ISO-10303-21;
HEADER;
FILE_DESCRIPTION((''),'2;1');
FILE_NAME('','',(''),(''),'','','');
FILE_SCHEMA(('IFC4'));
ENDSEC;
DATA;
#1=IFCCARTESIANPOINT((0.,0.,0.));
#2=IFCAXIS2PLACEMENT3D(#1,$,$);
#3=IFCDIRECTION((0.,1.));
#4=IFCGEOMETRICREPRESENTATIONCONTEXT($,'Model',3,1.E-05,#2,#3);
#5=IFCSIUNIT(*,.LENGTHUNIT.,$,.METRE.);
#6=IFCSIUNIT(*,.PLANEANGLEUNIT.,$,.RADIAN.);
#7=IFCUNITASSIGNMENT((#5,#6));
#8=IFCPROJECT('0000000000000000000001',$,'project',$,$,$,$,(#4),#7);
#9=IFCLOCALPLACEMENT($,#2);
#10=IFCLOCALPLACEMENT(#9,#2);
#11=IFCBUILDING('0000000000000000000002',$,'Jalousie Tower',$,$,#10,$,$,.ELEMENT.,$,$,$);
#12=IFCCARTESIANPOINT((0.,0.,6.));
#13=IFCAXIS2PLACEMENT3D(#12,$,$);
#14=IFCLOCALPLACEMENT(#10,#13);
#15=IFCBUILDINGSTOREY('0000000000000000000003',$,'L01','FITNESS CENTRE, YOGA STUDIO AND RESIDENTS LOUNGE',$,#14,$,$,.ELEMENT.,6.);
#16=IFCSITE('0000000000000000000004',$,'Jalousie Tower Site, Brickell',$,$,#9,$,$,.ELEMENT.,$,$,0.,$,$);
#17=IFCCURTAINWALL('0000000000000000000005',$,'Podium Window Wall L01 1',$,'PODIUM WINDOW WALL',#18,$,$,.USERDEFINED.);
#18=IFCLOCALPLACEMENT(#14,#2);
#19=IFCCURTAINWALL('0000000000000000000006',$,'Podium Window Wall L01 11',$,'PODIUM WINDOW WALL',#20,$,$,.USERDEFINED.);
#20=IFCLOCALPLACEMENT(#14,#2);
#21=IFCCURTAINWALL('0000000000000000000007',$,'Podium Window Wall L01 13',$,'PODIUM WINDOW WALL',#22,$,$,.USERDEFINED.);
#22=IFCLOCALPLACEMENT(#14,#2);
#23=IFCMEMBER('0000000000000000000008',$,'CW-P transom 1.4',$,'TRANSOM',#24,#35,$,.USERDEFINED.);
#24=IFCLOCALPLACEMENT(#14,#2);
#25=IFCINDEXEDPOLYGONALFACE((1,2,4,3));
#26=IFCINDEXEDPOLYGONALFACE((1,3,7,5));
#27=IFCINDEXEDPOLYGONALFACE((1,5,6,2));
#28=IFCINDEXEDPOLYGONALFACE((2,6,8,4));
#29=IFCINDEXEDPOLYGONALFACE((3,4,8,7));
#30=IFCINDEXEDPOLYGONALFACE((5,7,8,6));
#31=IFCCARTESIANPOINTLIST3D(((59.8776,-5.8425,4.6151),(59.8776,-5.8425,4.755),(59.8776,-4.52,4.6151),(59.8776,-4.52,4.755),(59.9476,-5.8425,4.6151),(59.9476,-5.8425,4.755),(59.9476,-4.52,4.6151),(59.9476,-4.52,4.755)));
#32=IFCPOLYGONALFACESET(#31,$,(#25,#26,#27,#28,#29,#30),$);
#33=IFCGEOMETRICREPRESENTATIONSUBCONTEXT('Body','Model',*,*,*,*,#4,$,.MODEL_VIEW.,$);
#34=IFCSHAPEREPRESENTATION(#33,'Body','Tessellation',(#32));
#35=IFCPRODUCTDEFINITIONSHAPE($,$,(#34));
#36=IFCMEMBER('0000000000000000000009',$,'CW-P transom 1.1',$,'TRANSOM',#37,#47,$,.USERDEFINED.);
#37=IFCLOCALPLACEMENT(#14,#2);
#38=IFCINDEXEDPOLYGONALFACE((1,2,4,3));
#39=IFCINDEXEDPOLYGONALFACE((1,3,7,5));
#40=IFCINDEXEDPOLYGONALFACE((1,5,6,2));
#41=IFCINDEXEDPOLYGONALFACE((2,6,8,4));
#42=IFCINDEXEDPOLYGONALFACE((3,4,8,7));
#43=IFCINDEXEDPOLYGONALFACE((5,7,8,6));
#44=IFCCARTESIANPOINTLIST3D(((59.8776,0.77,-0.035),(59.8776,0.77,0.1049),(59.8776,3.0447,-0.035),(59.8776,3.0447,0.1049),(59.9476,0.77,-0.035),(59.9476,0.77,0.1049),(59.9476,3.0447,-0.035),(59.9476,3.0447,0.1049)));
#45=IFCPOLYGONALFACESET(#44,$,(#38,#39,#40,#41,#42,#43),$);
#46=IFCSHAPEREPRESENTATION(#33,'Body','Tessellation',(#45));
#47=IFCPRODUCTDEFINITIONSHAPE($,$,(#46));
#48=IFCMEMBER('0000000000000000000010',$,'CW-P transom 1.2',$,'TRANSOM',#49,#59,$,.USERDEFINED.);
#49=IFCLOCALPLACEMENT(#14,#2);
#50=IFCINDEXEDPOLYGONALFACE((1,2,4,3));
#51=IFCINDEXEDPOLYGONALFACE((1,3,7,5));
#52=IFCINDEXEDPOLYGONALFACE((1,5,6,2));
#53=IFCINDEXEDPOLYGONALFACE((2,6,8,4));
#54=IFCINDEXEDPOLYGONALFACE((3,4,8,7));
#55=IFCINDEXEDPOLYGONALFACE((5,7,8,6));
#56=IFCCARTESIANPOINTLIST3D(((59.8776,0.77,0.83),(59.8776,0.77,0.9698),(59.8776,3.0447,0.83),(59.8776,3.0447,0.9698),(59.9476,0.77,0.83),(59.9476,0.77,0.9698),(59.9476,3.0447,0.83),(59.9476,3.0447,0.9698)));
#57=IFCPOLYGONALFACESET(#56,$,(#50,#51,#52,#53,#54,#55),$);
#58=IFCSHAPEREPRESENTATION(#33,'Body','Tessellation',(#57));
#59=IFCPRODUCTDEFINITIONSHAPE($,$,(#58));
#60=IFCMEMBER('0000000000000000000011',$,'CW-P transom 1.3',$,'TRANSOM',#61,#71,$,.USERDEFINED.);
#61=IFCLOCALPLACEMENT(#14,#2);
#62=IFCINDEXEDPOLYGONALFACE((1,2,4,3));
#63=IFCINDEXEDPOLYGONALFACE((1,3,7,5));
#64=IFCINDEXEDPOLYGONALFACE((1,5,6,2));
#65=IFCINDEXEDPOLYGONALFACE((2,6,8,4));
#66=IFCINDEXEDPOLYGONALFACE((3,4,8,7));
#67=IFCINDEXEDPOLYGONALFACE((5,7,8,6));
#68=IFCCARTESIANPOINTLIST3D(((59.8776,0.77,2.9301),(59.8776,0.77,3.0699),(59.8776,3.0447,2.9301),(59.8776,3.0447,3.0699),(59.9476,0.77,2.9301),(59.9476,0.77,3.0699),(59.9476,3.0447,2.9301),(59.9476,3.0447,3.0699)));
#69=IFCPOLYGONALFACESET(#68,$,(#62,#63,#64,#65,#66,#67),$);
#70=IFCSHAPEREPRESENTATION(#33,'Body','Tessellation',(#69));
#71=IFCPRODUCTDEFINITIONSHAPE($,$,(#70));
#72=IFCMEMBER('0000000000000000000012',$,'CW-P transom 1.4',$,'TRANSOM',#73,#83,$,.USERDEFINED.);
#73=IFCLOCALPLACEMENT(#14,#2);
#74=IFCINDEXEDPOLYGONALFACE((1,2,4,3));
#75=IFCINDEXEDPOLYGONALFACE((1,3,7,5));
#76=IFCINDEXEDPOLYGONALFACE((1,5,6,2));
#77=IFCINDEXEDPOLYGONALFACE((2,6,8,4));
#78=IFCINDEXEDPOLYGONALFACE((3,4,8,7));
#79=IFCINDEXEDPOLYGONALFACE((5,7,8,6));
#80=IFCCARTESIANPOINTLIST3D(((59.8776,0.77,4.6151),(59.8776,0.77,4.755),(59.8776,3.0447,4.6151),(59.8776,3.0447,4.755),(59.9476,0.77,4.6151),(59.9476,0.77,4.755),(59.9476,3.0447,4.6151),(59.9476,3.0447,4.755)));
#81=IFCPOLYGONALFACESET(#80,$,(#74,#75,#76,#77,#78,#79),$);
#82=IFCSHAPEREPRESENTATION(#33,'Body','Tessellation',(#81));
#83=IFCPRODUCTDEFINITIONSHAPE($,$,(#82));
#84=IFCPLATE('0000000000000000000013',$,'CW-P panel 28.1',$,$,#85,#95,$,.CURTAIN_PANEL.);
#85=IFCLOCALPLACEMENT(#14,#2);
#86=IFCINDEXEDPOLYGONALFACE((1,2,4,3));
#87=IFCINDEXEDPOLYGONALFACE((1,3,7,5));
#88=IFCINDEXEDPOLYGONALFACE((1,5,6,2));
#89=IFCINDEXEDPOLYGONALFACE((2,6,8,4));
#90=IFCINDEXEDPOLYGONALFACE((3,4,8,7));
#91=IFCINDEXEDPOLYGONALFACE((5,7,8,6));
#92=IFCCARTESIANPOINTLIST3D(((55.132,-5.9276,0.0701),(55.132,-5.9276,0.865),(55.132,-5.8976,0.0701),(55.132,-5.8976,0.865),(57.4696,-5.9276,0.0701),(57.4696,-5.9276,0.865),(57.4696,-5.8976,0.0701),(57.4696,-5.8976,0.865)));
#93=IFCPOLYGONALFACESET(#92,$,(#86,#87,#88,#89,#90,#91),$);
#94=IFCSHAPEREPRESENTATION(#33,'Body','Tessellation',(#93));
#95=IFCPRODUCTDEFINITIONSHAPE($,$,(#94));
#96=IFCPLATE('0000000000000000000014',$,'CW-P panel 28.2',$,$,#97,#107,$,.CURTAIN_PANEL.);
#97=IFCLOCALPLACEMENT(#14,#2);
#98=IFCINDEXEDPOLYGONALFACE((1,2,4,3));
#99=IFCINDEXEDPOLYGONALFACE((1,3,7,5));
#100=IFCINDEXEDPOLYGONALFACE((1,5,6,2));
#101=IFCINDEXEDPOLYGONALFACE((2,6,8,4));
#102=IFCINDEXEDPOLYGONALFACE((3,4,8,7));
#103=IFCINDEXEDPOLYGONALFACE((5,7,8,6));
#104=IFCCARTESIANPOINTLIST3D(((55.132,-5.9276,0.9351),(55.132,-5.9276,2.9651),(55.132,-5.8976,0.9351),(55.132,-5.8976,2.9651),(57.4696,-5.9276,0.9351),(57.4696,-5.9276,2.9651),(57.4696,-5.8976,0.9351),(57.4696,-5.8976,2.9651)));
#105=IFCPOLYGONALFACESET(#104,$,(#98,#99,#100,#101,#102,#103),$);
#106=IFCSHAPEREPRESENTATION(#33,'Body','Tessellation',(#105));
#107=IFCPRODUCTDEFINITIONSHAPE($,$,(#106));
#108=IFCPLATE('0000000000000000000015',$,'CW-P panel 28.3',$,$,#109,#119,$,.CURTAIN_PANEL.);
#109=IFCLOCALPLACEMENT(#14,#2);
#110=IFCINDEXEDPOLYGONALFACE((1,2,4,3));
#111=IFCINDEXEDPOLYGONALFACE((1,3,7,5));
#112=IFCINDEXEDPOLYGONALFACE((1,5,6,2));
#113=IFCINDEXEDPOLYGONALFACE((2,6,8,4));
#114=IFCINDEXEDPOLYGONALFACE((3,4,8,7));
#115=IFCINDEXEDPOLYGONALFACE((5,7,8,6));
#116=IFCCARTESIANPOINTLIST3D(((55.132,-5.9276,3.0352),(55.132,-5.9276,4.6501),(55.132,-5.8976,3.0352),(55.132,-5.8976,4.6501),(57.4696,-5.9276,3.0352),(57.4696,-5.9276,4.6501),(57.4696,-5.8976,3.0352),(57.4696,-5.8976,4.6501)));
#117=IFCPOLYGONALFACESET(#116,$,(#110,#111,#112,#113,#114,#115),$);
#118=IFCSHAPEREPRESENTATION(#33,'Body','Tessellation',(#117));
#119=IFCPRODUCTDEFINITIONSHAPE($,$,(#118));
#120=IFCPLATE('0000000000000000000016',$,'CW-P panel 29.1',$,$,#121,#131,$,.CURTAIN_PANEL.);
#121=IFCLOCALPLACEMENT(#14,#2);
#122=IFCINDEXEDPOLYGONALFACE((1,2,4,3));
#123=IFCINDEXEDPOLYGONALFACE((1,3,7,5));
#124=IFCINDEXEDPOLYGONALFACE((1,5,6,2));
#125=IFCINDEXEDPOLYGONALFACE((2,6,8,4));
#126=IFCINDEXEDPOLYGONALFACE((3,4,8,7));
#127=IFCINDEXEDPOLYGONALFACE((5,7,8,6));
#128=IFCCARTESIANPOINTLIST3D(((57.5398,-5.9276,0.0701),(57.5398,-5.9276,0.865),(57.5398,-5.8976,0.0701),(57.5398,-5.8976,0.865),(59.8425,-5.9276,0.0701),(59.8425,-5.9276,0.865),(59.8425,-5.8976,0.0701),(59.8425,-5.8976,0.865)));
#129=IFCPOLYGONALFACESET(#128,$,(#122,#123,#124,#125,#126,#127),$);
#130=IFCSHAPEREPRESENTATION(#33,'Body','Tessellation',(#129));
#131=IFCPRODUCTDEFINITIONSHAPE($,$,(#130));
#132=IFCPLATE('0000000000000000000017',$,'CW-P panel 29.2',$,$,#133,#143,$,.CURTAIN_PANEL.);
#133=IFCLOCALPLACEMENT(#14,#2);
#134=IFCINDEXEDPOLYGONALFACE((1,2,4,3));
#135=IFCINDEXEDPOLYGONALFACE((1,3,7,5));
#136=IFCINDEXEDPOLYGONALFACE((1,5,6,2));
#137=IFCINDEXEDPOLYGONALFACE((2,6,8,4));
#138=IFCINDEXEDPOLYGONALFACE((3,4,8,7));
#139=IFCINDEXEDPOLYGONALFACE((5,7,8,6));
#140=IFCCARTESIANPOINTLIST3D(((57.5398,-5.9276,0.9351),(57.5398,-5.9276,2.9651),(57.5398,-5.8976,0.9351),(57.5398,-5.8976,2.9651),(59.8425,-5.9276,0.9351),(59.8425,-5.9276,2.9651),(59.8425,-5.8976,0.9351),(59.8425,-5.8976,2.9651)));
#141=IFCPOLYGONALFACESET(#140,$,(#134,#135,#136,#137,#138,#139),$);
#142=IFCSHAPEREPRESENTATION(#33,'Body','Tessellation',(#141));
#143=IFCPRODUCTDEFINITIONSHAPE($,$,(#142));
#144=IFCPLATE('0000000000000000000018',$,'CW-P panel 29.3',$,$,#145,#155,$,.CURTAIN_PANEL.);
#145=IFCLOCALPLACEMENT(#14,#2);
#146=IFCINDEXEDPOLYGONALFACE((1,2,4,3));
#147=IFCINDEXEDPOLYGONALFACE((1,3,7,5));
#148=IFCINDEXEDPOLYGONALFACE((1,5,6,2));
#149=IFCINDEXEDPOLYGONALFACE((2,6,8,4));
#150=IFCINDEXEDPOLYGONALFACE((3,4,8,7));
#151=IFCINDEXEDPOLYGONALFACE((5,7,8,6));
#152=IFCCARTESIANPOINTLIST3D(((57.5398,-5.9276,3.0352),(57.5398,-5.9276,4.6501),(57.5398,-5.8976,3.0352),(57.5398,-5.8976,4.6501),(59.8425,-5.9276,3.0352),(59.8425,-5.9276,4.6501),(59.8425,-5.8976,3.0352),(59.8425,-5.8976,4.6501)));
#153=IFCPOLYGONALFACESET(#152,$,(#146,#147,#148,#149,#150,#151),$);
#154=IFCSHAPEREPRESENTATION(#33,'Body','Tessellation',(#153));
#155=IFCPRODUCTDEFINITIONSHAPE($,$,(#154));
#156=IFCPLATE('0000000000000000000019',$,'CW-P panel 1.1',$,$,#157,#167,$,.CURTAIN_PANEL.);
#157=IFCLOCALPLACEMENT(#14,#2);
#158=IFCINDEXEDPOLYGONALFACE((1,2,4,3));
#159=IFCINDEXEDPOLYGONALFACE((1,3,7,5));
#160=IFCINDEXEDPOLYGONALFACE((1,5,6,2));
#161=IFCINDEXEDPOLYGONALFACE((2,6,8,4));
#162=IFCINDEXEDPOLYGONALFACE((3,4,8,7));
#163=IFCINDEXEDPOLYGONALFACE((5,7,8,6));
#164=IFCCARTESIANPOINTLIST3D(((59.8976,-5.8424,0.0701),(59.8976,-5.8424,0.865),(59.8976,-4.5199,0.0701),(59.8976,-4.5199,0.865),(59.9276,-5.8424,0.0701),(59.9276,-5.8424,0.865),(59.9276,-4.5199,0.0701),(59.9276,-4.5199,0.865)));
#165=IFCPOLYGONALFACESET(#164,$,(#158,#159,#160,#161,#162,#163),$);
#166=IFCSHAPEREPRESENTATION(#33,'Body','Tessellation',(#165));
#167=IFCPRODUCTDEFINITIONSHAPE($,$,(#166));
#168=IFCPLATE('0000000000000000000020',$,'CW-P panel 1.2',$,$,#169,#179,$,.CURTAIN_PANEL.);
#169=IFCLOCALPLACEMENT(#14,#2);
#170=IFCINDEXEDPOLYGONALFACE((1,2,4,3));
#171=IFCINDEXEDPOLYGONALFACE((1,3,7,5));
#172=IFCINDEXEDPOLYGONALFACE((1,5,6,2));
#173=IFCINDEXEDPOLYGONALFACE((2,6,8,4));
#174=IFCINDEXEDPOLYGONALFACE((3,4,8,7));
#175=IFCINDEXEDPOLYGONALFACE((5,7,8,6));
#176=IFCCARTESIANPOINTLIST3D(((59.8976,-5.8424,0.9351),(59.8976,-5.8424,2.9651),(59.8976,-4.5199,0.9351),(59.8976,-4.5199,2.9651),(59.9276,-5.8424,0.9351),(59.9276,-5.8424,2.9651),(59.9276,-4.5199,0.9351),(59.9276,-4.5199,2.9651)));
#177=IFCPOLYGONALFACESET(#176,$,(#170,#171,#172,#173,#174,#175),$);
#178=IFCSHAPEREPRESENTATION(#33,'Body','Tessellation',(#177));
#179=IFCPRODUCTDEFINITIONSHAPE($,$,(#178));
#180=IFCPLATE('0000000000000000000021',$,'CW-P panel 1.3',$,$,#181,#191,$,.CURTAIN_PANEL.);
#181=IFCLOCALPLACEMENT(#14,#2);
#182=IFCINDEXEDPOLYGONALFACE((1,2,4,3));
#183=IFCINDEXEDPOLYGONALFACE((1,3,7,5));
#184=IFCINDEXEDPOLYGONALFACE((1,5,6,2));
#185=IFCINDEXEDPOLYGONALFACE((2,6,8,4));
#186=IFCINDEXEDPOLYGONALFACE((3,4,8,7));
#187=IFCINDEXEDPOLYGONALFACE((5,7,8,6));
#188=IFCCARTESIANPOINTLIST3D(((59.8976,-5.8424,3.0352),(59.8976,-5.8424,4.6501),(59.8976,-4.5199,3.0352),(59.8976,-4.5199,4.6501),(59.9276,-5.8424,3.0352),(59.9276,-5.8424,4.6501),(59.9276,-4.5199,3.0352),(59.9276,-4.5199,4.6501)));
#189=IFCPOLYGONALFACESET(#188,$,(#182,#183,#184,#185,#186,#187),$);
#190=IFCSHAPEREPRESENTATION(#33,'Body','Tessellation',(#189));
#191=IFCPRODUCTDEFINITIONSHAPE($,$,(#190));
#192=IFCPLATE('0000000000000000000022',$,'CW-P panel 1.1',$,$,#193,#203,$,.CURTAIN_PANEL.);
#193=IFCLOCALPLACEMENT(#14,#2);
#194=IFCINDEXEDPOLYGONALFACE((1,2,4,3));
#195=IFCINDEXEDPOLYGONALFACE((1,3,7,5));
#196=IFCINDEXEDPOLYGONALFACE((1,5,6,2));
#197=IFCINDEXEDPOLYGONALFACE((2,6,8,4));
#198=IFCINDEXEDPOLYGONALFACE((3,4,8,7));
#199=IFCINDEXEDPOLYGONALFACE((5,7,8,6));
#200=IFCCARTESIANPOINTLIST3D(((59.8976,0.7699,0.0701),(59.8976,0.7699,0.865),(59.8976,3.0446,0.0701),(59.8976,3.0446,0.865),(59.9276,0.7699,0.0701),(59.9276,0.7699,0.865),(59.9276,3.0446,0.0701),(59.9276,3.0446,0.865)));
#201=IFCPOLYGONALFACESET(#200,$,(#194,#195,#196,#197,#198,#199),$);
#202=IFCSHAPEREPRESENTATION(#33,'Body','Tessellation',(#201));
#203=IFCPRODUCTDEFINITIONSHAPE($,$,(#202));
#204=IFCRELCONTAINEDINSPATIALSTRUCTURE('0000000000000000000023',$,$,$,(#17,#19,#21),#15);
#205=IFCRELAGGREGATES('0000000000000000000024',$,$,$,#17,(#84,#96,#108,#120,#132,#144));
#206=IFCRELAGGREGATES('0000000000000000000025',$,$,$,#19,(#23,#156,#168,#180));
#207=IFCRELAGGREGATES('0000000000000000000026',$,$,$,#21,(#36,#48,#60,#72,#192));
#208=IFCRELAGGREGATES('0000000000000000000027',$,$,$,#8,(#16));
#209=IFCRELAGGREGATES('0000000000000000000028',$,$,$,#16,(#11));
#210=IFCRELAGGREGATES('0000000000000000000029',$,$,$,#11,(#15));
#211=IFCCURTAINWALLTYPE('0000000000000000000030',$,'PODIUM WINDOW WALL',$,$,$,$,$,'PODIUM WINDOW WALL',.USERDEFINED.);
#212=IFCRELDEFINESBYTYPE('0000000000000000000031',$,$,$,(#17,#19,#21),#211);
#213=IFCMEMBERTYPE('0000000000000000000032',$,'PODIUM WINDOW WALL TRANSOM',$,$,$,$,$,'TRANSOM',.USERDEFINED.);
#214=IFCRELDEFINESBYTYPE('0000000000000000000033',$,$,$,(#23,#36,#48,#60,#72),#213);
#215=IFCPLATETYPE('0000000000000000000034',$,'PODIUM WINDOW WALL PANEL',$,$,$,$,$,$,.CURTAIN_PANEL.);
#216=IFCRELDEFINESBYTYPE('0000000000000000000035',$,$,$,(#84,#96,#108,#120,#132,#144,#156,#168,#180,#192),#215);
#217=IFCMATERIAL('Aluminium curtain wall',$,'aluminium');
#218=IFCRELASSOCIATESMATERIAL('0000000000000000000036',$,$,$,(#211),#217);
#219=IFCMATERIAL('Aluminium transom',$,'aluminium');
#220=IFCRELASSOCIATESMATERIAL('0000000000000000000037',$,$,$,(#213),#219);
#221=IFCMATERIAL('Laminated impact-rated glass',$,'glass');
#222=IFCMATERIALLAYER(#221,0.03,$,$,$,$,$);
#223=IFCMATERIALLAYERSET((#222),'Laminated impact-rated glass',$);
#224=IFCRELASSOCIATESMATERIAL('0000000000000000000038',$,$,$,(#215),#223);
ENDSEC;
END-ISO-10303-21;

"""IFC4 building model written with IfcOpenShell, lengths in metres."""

from ifc_helpers import new_model, si_unit, direction, frame, origin, origin_2d, place, context, subcontext, project, spatial, rectangle, extrude, material, layer, layer_set, material_profile, profile_set, type_object, element, aggregate, save


model = new_model("IFC4")

# Units and contexts
model_context = context("Model", 3, precision=1e-05, world=origin(), true_north=direction((0.0, 1.0)))
body_context = subcontext(model_context, "Body", "Model", "MODEL_VIEW")
ifc_project = project(units=[si_unit("LENGTHUNIT", "METRE"), si_unit("PLANEANGLEUNIT", "RADIAN")], contexts=[model_context])

# Site, building, storey
site_placement = place(None, origin())
site = spatial("IfcSite", under=ifc_project, at=site_placement, Name="Jalousie Tower Site, Brickell", CompositionType="ELEMENT", RefElevation=0.0)
building_placement = place(site_placement, origin())
building = spatial("IfcBuilding", under=site, at=building_placement, Name="Jalousie Tower", CompositionType="ELEMENT")
storey_placement = place(building_placement, frame((0.0, 0.0, 6.0)))
storey = spatial("IfcBuildingStorey", under=building, at=storey_placement, Name="L01", Description="FITNESS CENTRE, YOGA STUDIO AND RESIDENTS LOUNGE", CompositionType="ELEMENT", Elevation=6.0)

# Curtain walls
ifc_material_1 = material(Name="Aluminium curtain wall", Category="aluminium")
curtain_wall_type = type_object("IfcCurtainWallType", Name="PODIUM WINDOW WALL", ElementType="PODIUM WINDOW WALL", PredefinedType="USERDEFINED", material=ifc_material_1)
curtain_wall_1_placement = place(storey_placement, origin())
curtain_wall_1 = element("IfcCurtainWall", 1, at=curtain_wall_1_placement, inside=storey, type_object=curtain_wall_type, Name="Podium Window Wall L01 1", ObjectType="PODIUM WINDOW WALL", PredefinedType="USERDEFINED")
curtain_wall_2_placement = place(storey_placement, origin())
curtain_wall_2 = element("IfcCurtainWall", 2, at=curtain_wall_2_placement, inside=storey, type_object=curtain_wall_type, Name="Podium Window Wall L01 11", ObjectType="PODIUM WINDOW WALL", PredefinedType="USERDEFINED")

# Curtain wall
curtain_wall_3_placement = place(storey_placement, origin())
curtain_wall_3 = element("IfcCurtainWall", 3, at=curtain_wall_3_placement, inside=storey, type_object=curtain_wall_type, Name="Podium Window Wall L01 13", ObjectType="PODIUM WINDOW WALL", PredefinedType="USERDEFINED")

# Members
ifc_material_2 = material(Name="Aluminium transom", Category="aluminium")
ifc_material_profile_1 = material_profile(ifc_material_2, rectangle(XDim=0.0701, YDim=0.1399, at=origin_2d()), Name="TRANSOM 70x140")
ifc_profile_set_1 = profile_set([ifc_material_profile_1], Name="Aluminium transom")
member_type_1 = type_object("IfcMemberType", Name="PODIUM WINDOW WALL TRANSOM", ElementType="TRANSOM", PredefinedType="USERDEFINED", material=ifc_profile_set_1)
member_1_placement = place(storey_placement, frame((59.9126, -5.8425, 4.6851), z_axis=(0.0, 1.0, 0.0), x_axis=(-1.0, 0.0, 0.0)))
member_1 = element("IfcMember", 4, at=member_1_placement, type_object=member_type_1, Name="CW-P transom 1.4", ObjectType="TRANSOM", PredefinedType="USERDEFINED", context=body_context, shape_type="SweptSolid", body=[
    extrude(rectangle(XDim=0.0701, YDim=0.1399, at=origin_2d()), origin(), (0.0, 0.0, 1.0), 1.3225),
])
member_2_placement = place(storey_placement, frame((59.9126, 0.77, 0.0349), z_axis=(0.0, 1.0, 0.0), x_axis=(-1.0, 0.0, 0.0)))
member_2 = element("IfcMember", 5, at=member_2_placement, type_object=member_type_1, Name="CW-P transom 1.1", ObjectType="TRANSOM", PredefinedType="USERDEFINED", context=body_context, shape_type="SweptSolid", body=[
    extrude(rectangle(XDim=0.0701, YDim=0.1399, at=origin_2d()), origin(), (0.0, 0.0, 1.0), 2.2747),
])
member_3_placement = place(storey_placement, frame((59.9126, 0.77, 0.8999), z_axis=(0.0, 1.0, 0.0), x_axis=(-1.0, 0.0, 0.0)))
member_3 = element("IfcMember", 6, at=member_3_placement, type_object=member_type_1, Name="CW-P transom 1.2", ObjectType="TRANSOM", PredefinedType="USERDEFINED", context=body_context, shape_type="SweptSolid", body=[
    extrude(rectangle(XDim=0.0701, YDim=0.1399, at=origin_2d()), origin(), (0.0, 0.0, 1.0), 2.2747),
])
member_4_placement = place(storey_placement, frame((59.9126, 0.77, 3.0), z_axis=(0.0, 1.0, 0.0), x_axis=(-1.0, 0.0, 0.0)))
member_4 = element("IfcMember", 7, at=member_4_placement, type_object=member_type_1, Name="CW-P transom 1.3", ObjectType="TRANSOM", PredefinedType="USERDEFINED", context=body_context, shape_type="SweptSolid", body=[
    extrude(rectangle(XDim=0.0701, YDim=0.1399, at=origin_2d()), origin(), (0.0, 0.0, 1.0), 2.2747),
])
member_5_placement = place(storey_placement, frame((59.9126, 0.77, 4.6851), z_axis=(0.0, 1.0, 0.0), x_axis=(-1.0, 0.0, 0.0)))
member_5 = element("IfcMember", 8, at=member_5_placement, type_object=member_type_1, Name="CW-P transom 1.4", ObjectType="TRANSOM", PredefinedType="USERDEFINED", context=body_context, shape_type="SweptSolid", body=[
    extrude(rectangle(XDim=0.0701, YDim=0.1399, at=origin_2d()), origin(), (0.0, 0.0, 1.0), 2.2747),
])

# Plates
ifc_material_3 = material(Name="Laminated impact-rated glass", Category="glass")
ifc_layer = layer(ifc_material_3, 0.03)
ifc_layer_set = layer_set([ifc_layer], Name="Laminated impact-rated glass")
plate_type = type_object("IfcPlateType", Name="PODIUM WINDOW WALL PANEL", PredefinedType="CURTAIN_PANEL", material=ifc_layer_set)
plate_1_placement = place(storey_placement, frame((56.3008, -5.9126, 0.0701), z_axis=(0.0, 0.0, 1.0), x_axis=(1.0, 0.0, 0.0)))
plate_1 = element("IfcPlate", 9, at=plate_1_placement, type_object=plate_type, Name="CW-P panel 28.1", PredefinedType="CURTAIN_PANEL", context=body_context, shape_type="SweptSolid", body=[
    extrude(rectangle(XDim=2.3376, YDim=0.03, at=origin_2d()), origin(), (0.0, 0.0, 1.0), 0.7949),
])
plate_2_placement = place(storey_placement, frame((56.3008, -5.9126, 0.9351), z_axis=(0.0, 0.0, 1.0), x_axis=(1.0, 0.0, 0.0)))
plate_2 = element("IfcPlate", 10, at=plate_2_placement, type_object=plate_type, Name="CW-P panel 28.2", PredefinedType="CURTAIN_PANEL", context=body_context, shape_type="SweptSolid", body=[
    extrude(rectangle(XDim=2.3376, YDim=0.03, at=origin_2d()), origin(), (0.0, 0.0, 1.0), 2.03),
])
plate_3_placement = place(storey_placement, frame((56.3008, -5.9126, 3.0352), z_axis=(0.0, 0.0, 1.0), x_axis=(1.0, 0.0, 0.0)))
plate_3 = element("IfcPlate", 11, at=plate_3_placement, type_object=plate_type, Name="CW-P panel 28.3", PredefinedType="CURTAIN_PANEL", context=body_context, shape_type="SweptSolid", body=[
    extrude(rectangle(XDim=2.3376, YDim=0.03, at=origin_2d()), origin(), (0.0, 0.0, 1.0), 1.615),
])
plate_4_placement = place(storey_placement, frame((58.6912, -5.9126, 0.0701), z_axis=(0.0, 0.0, 1.0), x_axis=(1.0, 0.0, 0.0)))
plate_4 = element("IfcPlate", 12, at=plate_4_placement, type_object=plate_type, Name="CW-P panel 29.1", PredefinedType="CURTAIN_PANEL", context=body_context, shape_type="SweptSolid", body=[
    extrude(rectangle(XDim=2.3027, YDim=0.03, at=origin_2d()), origin(), (0.0, 0.0, 1.0), 0.7949),
])
plate_5_placement = place(storey_placement, frame((58.6912, -5.9126, 0.9351), z_axis=(0.0, 0.0, 1.0), x_axis=(1.0, 0.0, 0.0)))
plate_5 = element("IfcPlate", 13, at=plate_5_placement, type_object=plate_type, Name="CW-P panel 29.2", PredefinedType="CURTAIN_PANEL", context=body_context, shape_type="SweptSolid", body=[
    extrude(rectangle(XDim=2.3027, YDim=0.03, at=origin_2d()), origin(), (0.0, 0.0, 1.0), 2.03),
])
plate_6_placement = place(storey_placement, frame((58.6912, -5.9126, 3.0352), z_axis=(0.0, 0.0, 1.0), x_axis=(1.0, 0.0, 0.0)))
plate_6 = element("IfcPlate", 14, at=plate_6_placement, type_object=plate_type, Name="CW-P panel 29.3", PredefinedType="CURTAIN_PANEL", context=body_context, shape_type="SweptSolid", body=[
    extrude(rectangle(XDim=2.3027, YDim=0.03, at=origin_2d()), origin(), (0.0, 0.0, 1.0), 1.615),
])
aggregate(curtain_wall_1, [plate_1, plate_2, plate_3, plate_4, plate_5, plate_6])
plate_7_placement = place(storey_placement, frame((59.9126, -5.1812, 0.0701), z_axis=(0.0, 0.0, 1.0), x_axis=(0.0, 1.0, 0.0)))
plate_7 = element("IfcPlate", 15, at=plate_7_placement, type_object=plate_type, Name="CW-P panel 1.1", PredefinedType="CURTAIN_PANEL", context=body_context, shape_type="SweptSolid", body=[
    extrude(rectangle(XDim=1.3225, YDim=0.03, at=origin_2d()), origin(), (0.0, 0.0, 1.0), 0.7949),
])
plate_8_placement = place(storey_placement, frame((59.9126, -5.1812, 0.9351), z_axis=(0.0, 0.0, 1.0), x_axis=(0.0, 1.0, 0.0)))
plate_8 = element("IfcPlate", 16, at=plate_8_placement, type_object=plate_type, Name="CW-P panel 1.2", PredefinedType="CURTAIN_PANEL", context=body_context, shape_type="SweptSolid", body=[
    extrude(rectangle(XDim=1.3225, YDim=0.03, at=origin_2d()), origin(), (0.0, 0.0, 1.0), 2.03),
])
plate_9_placement = place(storey_placement, frame((59.9126, -5.1812, 3.0352), z_axis=(0.0, 0.0, 1.0), x_axis=(0.0, 1.0, 0.0)))
plate_9 = element("IfcPlate", 17, at=plate_9_placement, type_object=plate_type, Name="CW-P panel 1.3", PredefinedType="CURTAIN_PANEL", context=body_context, shape_type="SweptSolid", body=[
    extrude(rectangle(XDim=1.3225, YDim=0.03, at=origin_2d()), origin(), (0.0, 0.0, 1.0), 1.615),
])
aggregate(curtain_wall_2, [member_1, plate_7, plate_8, plate_9])
plate_10_placement = place(storey_placement, frame((59.9126, 1.9072, 0.0701), z_axis=(0.0, 0.0, 1.0), x_axis=(0.0, 1.0, 0.0)))
plate_10 = element("IfcPlate", 18, at=plate_10_placement, type_object=plate_type, Name="CW-P panel 1.1", PredefinedType="CURTAIN_PANEL", context=body_context, shape_type="SweptSolid", body=[
    extrude(rectangle(XDim=2.2747, YDim=0.03, at=origin_2d()), origin(), (0.0, 0.0, 1.0), 0.7949),
])
aggregate(curtain_wall_3, [member_2, member_3, member_4, member_5, plate_10])

save(model, "model.ifc")
